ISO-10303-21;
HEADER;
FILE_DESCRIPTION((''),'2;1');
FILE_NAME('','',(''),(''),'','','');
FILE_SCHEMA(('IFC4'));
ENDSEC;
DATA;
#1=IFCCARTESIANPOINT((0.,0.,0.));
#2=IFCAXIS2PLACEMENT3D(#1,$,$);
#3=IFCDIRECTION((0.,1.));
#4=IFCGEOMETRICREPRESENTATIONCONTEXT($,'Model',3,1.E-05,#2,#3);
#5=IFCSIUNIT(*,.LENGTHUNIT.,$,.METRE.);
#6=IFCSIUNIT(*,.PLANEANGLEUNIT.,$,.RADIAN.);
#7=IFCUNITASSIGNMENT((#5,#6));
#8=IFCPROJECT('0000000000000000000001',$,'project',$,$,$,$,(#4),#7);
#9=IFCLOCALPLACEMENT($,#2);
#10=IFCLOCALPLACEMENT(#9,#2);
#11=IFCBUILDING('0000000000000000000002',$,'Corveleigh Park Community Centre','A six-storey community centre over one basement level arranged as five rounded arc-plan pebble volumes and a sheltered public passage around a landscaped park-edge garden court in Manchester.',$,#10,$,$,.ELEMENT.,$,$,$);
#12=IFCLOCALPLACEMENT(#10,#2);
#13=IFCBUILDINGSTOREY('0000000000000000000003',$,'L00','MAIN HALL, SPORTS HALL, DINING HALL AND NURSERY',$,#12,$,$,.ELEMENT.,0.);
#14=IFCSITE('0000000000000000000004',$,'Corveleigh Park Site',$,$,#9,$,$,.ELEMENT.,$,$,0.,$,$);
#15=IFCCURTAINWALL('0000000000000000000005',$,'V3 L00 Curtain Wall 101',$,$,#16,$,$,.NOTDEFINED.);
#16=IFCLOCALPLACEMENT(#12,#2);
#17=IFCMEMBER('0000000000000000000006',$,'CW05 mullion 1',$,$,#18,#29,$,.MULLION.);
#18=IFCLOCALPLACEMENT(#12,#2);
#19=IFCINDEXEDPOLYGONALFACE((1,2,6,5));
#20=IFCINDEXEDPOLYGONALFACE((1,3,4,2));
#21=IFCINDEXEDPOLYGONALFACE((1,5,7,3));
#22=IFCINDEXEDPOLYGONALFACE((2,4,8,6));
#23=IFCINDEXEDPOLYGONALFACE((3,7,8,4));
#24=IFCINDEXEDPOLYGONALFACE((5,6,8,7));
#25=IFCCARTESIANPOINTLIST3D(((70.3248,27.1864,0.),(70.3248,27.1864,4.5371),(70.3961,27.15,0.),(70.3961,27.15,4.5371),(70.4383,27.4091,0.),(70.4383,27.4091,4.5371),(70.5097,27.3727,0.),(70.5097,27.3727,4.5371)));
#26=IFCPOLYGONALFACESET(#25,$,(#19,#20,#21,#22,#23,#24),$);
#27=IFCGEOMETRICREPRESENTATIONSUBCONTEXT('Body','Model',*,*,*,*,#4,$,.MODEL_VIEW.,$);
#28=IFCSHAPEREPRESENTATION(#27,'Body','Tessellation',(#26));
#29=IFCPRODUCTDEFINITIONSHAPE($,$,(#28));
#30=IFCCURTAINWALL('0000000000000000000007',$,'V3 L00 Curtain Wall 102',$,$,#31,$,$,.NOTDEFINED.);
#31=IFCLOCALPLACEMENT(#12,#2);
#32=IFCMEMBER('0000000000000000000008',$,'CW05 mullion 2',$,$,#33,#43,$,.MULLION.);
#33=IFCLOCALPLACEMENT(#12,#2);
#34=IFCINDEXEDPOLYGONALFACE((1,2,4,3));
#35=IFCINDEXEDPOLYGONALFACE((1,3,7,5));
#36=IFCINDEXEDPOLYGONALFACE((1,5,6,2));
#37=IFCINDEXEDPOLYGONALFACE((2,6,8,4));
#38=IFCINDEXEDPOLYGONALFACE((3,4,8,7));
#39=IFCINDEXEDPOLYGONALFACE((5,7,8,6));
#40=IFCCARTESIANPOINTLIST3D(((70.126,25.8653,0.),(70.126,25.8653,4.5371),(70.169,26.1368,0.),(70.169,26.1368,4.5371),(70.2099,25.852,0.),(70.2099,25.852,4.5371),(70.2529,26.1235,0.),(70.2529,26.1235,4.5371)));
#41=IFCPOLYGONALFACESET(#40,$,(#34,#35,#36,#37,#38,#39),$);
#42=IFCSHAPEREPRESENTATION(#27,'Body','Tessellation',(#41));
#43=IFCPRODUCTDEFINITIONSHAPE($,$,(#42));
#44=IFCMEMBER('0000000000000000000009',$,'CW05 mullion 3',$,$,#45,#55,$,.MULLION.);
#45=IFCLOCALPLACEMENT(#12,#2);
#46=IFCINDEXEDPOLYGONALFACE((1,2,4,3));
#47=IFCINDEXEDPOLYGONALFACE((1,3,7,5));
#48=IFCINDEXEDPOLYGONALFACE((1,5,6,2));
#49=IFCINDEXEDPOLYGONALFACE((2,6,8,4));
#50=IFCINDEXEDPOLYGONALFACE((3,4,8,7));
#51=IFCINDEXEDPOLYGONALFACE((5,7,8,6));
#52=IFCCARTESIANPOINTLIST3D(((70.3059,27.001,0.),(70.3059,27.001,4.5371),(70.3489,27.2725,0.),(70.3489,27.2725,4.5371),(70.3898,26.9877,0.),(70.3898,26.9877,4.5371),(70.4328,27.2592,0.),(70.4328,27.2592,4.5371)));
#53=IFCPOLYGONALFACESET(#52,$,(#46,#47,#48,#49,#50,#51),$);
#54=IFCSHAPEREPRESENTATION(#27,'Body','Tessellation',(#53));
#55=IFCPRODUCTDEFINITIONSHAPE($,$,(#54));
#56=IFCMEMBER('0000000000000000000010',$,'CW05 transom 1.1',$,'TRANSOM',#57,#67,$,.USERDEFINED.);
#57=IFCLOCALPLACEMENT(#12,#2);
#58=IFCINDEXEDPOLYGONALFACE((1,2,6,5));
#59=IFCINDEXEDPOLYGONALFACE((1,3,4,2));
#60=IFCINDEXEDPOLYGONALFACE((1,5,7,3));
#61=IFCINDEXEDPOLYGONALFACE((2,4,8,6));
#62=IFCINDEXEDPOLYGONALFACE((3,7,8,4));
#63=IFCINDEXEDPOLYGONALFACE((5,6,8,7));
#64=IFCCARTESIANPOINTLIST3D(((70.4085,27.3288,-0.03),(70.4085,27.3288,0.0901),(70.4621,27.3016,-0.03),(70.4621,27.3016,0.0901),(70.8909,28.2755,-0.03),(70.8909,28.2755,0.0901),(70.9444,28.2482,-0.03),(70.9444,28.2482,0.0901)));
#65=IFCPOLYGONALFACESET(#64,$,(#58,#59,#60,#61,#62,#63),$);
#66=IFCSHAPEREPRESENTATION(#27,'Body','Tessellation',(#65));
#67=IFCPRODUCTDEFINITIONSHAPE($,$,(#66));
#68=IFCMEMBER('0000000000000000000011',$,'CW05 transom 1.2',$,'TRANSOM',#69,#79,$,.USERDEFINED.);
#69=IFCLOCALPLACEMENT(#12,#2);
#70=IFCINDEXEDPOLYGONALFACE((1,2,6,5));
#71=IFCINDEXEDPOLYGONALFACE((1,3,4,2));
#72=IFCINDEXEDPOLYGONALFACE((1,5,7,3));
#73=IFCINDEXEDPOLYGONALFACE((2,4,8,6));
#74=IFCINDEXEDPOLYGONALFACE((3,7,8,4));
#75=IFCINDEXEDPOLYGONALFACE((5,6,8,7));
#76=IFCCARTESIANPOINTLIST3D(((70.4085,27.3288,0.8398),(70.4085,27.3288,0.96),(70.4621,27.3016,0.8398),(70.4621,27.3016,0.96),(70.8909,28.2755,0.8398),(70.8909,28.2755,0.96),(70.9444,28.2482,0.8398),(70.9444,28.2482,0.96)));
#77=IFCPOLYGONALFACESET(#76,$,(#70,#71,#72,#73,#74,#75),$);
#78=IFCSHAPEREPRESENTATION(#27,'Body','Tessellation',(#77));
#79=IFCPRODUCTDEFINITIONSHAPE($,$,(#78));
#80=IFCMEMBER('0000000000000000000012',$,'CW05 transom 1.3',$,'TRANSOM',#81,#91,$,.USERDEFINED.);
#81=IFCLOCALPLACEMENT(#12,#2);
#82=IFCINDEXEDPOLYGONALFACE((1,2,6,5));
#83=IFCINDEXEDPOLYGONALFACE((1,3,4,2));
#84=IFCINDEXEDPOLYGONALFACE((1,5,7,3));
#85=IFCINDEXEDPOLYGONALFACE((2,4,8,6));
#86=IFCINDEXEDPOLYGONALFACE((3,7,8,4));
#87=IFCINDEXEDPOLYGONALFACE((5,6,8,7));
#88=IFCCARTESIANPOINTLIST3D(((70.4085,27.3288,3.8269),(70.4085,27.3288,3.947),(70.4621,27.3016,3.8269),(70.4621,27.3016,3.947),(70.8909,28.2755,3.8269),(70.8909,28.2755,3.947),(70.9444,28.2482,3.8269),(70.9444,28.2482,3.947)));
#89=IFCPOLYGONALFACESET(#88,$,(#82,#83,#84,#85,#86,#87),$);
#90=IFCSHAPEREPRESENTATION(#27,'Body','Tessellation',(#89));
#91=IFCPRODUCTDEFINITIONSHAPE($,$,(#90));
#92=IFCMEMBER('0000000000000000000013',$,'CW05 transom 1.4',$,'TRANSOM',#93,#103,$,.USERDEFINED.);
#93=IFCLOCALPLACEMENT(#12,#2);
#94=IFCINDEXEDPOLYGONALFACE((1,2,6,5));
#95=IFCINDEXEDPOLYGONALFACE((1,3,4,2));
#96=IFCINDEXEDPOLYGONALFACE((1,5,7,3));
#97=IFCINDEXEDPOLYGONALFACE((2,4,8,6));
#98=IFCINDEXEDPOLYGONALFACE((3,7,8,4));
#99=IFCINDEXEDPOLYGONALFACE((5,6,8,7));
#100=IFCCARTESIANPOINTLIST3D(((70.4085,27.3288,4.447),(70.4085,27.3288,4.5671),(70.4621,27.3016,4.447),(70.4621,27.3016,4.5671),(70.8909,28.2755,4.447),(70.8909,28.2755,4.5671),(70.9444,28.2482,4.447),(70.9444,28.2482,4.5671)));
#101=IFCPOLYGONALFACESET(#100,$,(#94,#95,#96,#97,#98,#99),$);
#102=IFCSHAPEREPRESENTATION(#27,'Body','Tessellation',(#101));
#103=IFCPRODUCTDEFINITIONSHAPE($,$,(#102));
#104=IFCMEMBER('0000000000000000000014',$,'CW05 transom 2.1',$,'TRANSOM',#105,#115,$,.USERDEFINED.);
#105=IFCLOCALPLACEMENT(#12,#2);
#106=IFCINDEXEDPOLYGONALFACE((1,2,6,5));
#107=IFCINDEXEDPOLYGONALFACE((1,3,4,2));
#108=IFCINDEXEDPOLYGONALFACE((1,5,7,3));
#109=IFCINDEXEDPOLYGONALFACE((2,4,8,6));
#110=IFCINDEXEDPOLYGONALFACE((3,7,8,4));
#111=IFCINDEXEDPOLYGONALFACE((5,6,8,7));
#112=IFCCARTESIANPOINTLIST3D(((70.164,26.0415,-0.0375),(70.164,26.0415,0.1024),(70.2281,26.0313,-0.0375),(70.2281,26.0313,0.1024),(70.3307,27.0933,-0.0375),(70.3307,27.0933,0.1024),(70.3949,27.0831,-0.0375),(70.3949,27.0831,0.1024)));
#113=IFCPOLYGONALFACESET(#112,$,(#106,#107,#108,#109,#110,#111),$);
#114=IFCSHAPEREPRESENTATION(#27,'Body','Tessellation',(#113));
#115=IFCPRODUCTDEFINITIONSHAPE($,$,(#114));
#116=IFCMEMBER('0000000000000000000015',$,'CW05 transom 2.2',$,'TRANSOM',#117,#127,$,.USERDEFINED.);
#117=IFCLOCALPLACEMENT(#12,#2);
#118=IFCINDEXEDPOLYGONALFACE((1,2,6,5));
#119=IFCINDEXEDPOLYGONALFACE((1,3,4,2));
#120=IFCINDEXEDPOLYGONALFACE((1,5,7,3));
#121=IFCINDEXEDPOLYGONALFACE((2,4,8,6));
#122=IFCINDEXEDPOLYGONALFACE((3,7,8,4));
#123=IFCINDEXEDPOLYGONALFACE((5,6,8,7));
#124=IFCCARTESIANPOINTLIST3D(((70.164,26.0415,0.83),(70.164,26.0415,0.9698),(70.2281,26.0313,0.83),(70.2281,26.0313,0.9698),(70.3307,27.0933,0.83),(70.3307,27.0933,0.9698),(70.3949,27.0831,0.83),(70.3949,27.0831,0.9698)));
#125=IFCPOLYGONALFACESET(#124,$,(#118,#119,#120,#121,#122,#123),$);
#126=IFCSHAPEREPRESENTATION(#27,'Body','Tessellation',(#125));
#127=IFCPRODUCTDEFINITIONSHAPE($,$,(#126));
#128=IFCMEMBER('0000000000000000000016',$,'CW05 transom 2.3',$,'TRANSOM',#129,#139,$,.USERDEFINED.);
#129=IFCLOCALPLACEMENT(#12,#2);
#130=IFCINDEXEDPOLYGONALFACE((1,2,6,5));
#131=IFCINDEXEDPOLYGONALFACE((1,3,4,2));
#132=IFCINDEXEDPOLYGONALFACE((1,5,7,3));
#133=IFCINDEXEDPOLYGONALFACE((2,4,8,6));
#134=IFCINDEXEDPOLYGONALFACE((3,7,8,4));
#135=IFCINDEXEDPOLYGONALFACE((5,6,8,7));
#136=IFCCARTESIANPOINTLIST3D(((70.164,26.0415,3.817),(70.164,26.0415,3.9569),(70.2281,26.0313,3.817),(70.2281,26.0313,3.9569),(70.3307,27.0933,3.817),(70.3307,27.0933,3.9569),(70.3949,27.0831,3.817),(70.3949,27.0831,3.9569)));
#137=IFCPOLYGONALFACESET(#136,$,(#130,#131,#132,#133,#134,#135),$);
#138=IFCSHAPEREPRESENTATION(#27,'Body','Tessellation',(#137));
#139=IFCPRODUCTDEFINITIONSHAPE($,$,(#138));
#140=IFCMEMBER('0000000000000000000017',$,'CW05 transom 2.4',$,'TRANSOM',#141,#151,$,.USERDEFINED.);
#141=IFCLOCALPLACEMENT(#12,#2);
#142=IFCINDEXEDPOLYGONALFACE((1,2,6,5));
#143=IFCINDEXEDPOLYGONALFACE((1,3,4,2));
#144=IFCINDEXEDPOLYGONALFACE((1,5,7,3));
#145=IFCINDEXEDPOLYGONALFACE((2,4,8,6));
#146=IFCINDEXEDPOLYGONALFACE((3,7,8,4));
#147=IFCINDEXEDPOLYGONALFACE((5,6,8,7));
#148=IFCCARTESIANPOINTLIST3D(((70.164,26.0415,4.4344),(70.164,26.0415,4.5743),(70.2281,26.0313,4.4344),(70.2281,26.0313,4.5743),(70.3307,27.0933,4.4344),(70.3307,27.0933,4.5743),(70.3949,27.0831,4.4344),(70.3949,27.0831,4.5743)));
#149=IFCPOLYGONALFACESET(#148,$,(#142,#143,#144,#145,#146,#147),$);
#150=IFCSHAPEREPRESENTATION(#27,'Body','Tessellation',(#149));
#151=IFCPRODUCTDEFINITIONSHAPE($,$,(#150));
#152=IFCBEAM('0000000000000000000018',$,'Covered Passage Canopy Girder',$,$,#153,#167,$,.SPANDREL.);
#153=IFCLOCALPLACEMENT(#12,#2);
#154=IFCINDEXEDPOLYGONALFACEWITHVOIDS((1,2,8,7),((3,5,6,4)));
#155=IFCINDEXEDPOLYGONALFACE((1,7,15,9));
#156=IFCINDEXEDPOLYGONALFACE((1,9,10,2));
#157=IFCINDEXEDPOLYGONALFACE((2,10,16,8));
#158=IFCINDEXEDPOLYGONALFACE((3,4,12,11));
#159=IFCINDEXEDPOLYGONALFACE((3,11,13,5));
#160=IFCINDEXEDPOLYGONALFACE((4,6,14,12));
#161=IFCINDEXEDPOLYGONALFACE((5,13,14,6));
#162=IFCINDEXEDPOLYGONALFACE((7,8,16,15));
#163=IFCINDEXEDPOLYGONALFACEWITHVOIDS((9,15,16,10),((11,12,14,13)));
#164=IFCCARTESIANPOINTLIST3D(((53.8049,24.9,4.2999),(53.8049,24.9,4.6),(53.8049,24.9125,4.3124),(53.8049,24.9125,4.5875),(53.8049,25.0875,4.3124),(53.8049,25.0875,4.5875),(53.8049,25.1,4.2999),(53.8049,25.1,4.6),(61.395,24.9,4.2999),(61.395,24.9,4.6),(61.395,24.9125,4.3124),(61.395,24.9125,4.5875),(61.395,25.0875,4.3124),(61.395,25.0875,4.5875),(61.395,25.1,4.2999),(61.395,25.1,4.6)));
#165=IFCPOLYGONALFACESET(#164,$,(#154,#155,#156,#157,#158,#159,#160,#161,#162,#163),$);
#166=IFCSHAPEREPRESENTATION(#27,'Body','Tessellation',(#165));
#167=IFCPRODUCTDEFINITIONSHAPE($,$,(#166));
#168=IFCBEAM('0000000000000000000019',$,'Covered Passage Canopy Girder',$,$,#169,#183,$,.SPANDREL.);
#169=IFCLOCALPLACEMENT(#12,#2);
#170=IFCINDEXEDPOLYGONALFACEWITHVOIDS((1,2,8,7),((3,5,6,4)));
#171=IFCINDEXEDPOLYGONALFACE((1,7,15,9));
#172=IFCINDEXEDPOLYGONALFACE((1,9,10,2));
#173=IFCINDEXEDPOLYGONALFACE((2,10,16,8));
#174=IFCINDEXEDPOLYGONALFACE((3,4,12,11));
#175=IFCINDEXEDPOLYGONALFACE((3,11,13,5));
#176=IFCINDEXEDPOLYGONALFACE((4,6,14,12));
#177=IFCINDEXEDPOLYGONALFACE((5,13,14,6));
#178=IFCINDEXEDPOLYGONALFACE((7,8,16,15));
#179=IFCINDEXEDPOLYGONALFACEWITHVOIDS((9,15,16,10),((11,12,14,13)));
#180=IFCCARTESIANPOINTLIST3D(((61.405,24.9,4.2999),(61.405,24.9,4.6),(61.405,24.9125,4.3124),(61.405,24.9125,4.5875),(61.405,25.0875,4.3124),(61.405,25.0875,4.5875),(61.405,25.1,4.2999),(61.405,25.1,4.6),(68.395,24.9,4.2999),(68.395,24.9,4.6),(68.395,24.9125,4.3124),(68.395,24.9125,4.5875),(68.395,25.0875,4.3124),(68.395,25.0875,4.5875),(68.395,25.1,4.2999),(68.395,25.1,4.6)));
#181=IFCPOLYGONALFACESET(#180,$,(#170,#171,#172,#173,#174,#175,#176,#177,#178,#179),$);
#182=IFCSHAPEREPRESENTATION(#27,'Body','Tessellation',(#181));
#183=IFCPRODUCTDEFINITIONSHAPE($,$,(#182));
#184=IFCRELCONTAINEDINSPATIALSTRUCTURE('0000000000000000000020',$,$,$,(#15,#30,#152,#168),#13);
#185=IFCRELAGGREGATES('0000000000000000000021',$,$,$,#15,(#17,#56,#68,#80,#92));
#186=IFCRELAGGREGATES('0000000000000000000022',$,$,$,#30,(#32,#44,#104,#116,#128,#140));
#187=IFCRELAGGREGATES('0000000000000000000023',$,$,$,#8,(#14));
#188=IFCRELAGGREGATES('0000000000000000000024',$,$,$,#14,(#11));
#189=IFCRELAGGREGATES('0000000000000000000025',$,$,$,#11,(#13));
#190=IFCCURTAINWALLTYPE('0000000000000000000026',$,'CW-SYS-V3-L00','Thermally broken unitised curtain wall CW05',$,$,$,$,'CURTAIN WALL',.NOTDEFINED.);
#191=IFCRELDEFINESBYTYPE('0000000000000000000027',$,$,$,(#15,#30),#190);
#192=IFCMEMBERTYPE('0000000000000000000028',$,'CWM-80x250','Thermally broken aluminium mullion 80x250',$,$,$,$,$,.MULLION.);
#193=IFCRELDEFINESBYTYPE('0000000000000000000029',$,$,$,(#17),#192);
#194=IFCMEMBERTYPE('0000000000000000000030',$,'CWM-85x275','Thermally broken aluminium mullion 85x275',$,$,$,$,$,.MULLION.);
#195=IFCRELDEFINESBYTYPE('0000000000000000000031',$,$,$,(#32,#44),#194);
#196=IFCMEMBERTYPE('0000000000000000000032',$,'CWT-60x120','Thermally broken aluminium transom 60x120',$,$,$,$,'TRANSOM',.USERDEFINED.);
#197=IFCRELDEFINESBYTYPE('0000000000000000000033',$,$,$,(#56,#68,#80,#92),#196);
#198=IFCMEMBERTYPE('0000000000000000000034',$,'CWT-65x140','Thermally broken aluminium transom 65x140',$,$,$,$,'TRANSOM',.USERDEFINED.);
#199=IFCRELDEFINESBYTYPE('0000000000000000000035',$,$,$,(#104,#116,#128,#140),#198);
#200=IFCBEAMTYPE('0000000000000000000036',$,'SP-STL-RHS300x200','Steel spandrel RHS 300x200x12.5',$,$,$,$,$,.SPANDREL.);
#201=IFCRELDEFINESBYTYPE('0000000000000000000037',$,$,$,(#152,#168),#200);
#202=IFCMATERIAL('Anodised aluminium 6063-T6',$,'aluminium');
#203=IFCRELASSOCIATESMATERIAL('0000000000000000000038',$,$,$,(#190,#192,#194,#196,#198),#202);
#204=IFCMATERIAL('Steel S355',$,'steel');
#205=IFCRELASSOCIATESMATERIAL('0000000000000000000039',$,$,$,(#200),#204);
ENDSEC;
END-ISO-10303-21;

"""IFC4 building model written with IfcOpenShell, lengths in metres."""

from ifc_helpers import new_model, si_unit, direction, frame, origin, origin_2d, place, context, subcontext, project, spatial, rectangle, hollow_rectangle, extrude, material, material_profile, profile_set, type_object, element, aggregate, save


model = new_model("IFC4")

# Units and contexts
model_context = context("Model", 3, precision=1e-05, world=origin(), true_north=direction((0.0, 1.0)))
body_context = subcontext(model_context, "Body", "Model", "MODEL_VIEW")
ifc_project = project(units=[si_unit("LENGTHUNIT", "METRE"), si_unit("PLANEANGLEUNIT", "RADIAN")], contexts=[model_context])

# Site, building, storey
site_placement = place(None, origin())
site = spatial("IfcSite", under=ifc_project, at=site_placement, Name="Corveleigh Park Site", CompositionType="ELEMENT", RefElevation=0.0)
building_placement = place(site_placement, origin())
building = spatial("IfcBuilding", under=site, at=building_placement, Name="Corveleigh Park Community Centre", Description="A six-storey community centre over one basement level arranged as five rounded arc-plan pebble volumes and a sheltered public passage around a landscaped park-edge garden court in Manchester.", CompositionType="ELEMENT")
storey_placement = place(building_placement, origin())
storey = spatial("IfcBuildingStorey", under=building, at=storey_placement, Name="L00", Description="MAIN HALL, SPORTS HALL, DINING HALL AND NURSERY", CompositionType="ELEMENT", Elevation=0.0)

# Shared definitions
ifc_material_1 = material(Name="Steel S355", Category="steel")

# Curtain wall, member
ifc_material_2 = material(Name="Anodised aluminium 6063-T6", Category="aluminium")
curtain_wall_type = type_object("IfcCurtainWallType", Name="CW-SYS-V3-L00", Description="Thermally broken unitised curtain wall CW05", ElementType="CURTAIN WALL", PredefinedType="NOTDEFINED", material=ifc_material_2)
curtain_wall_1_placement = place(storey_placement, origin())
curtain_wall_1 = element("IfcCurtainWall", 1, at=curtain_wall_1_placement, inside=storey, type_object=curtain_wall_type, Name="V3 L00 Curtain Wall 101", PredefinedType="NOTDEFINED")
ifc_material_profile_1 = material_profile(ifc_material_2, rectangle(XDim=0.0801, YDim=0.25, at=origin_2d()), Name="ALU-M80x250", Category="aluminium")
ifc_profile_set_1 = profile_set([ifc_material_profile_1], Name="Anodised aluminium 6063-T6")
member_type_1 = type_object("IfcMemberType", Name="CWM-80x250", Description="Thermally broken aluminium mullion 80x250", PredefinedType="MULLION", material=ifc_profile_set_1)
member_1_placement = place(storey_placement, frame((70.4172, 27.2795, 0.0), z_axis=(0.0, 0.0, 1.0), x_axis=(-0.890933, 0.454135, 0.0)))
member_1 = element("IfcMember", 2, at=member_1_placement, type_object=member_type_1, Name="CW05 mullion 1", PredefinedType="MULLION", context=body_context, shape_type="SweptSolid", body=[
    extrude(rectangle(XDim=0.0801, YDim=0.25, at=origin_2d()), origin(), (0.0, 0.0, 1.0), 4.5371),
])

# Curtain wall, members
curtain_wall_2_placement = place(storey_placement, origin())
curtain_wall_2 = element("IfcCurtainWall", 3, at=curtain_wall_2_placement, inside=storey, type_object=curtain_wall_type, Name="V3 L00 Curtain Wall 102", PredefinedType="NOTDEFINED")
ifc_material_profile_2 = material_profile(ifc_material_2, rectangle(XDim=0.085, YDim=0.2749, at=origin_2d()), Name="ALU-M85x275", Category="aluminium")
ifc_profile_set_2 = profile_set([ifc_material_profile_2], Name="Anodised aluminium 6063-T6")
member_type_2 = type_object("IfcMemberType", Name="CWM-85x275", Description="Thermally broken aluminium mullion 85x275", PredefinedType="MULLION", material=ifc_profile_set_2)
member_2_placement = place(storey_placement, frame((70.1895, 25.9944, 0.0), z_axis=(0.0, 0.0, 1.0), x_axis=(-0.987688, 0.156436, 0.0)))
member_2 = element("IfcMember", 4, at=member_2_placement, type_object=member_type_2, Name="CW05 mullion 2", PredefinedType="MULLION", context=body_context, shape_type="SweptSolid", body=[
    extrude(rectangle(XDim=0.085, YDim=0.2749, at=origin_2d()), origin(), (0.0, 0.0, 1.0), 4.5371),
])
member_3_placement = place(storey_placement, frame((70.3694, 27.1301, 0.0), z_axis=(0.0, 0.0, 1.0), x_axis=(-0.987688, 0.156436, 0.0)))
member_3 = element("IfcMember", 5, at=member_3_placement, type_object=member_type_2, Name="CW05 mullion 3", PredefinedType="MULLION", context=body_context, shape_type="SweptSolid", body=[
    extrude(rectangle(XDim=0.085, YDim=0.2749, at=origin_2d()), origin(), (0.0, 0.0, 1.0), 4.5371),
])

# Members
ifc_material_profile_3 = material_profile(ifc_material_2, rectangle(XDim=0.0601, YDim=0.1201, at=origin_2d()), Name="ALU-T60x120", Category="aluminium")
ifc_profile_set_3 = profile_set([ifc_material_profile_3], Name="Anodised aluminium 6063-T6")
member_type_3 = type_object("IfcMemberType", Name="CWT-60x120", Description="Thermally broken aluminium transom 60x120", ElementType="TRANSOM", PredefinedType="USERDEFINED", material=ifc_profile_set_3)
member_4_placement = place(storey_placement, frame((70.4353, 27.3152, 0.03), z_axis=(0.454001, 0.891001, 0.0), x_axis=(-0.891001, 0.454001, 0.0)))
member_4 = element("IfcMember", 6, at=member_4_placement, type_object=member_type_3, Name="CW05 transom 1.1", ObjectType="TRANSOM", PredefinedType="USERDEFINED", context=body_context, shape_type="SweptSolid", body=[
    extrude(rectangle(XDim=0.0601, YDim=0.1201, at=origin_2d()), origin(), (0.0, 0.0, 1.0), 1.0625),
])
member_5_placement = place(storey_placement, frame((70.4353, 27.3152, 0.8999), z_axis=(0.454001, 0.891001, 0.0), x_axis=(-0.891001, 0.454001, 0.0)))
member_5 = element("IfcMember", 7, at=member_5_placement, type_object=member_type_3, Name="CW05 transom 1.2", ObjectType="TRANSOM", PredefinedType="USERDEFINED", context=body_context, shape_type="SweptSolid", body=[
    extrude(rectangle(XDim=0.0601, YDim=0.1201, at=origin_2d()), origin(), (0.0, 0.0, 1.0), 1.0625),
])
member_6_placement = place(storey_placement, frame((70.4353, 27.3152, 3.887), z_axis=(0.454001, 0.891001, 0.0), x_axis=(-0.891001, 0.454001, 0.0)))
member_6 = element("IfcMember", 8, at=member_6_placement, type_object=member_type_3, Name="CW05 transom 1.3", ObjectType="TRANSOM", PredefinedType="USERDEFINED", context=body_context, shape_type="SweptSolid", body=[
    extrude(rectangle(XDim=0.0601, YDim=0.1201, at=origin_2d()), origin(), (0.0, 0.0, 1.0), 1.0625),
])
member_7_placement = place(storey_placement, frame((70.4353, 27.3152, 4.5071), z_axis=(0.454001, 0.891001, 0.0), x_axis=(-0.891001, 0.454001, 0.0)))
member_7 = element("IfcMember", 9, at=member_7_placement, type_object=member_type_3, Name="CW05 transom 1.4", ObjectType="TRANSOM", PredefinedType="USERDEFINED", context=body_context, shape_type="SweptSolid", body=[
    extrude(rectangle(XDim=0.0601, YDim=0.1201, at=origin_2d()), origin(), (0.0, 0.0, 1.0), 1.0625),
])
ifc_material_profile_4 = material_profile(ifc_material_2, rectangle(XDim=0.0649, YDim=0.1399, at=origin_2d()), Name="ALU-T65x140", Category="aluminium")
ifc_profile_set_4 = profile_set([ifc_material_profile_4], Name="Anodised aluminium 6063-T6")
member_type_4 = type_object("IfcMemberType", Name="CWT-65x140", Description="Thermally broken aluminium transom 65x140", ElementType="TRANSOM", PredefinedType="USERDEFINED", material=ifc_profile_set_4)
member_8_placement = place(storey_placement, frame((70.196, 26.0364, 0.0325), z_axis=(0.156587, 0.987664, 0.0), x_axis=(-0.987664, 0.156587, 0.0)))
member_8 = element("IfcMember", 10, at=member_8_placement, type_object=member_type_4, Name="CW05 transom 2.1", ObjectType="TRANSOM", PredefinedType="USERDEFINED", context=body_context, shape_type="SweptSolid", body=[
    extrude(rectangle(XDim=0.0649, YDim=0.1399, at=origin_2d()), origin(), (0.0, 0.0, 1.0), 1.0649),
])
member_9_placement = place(storey_placement, frame((70.196, 26.0364, 0.8999), z_axis=(0.156587, 0.987664, 0.0), x_axis=(-0.987664, 0.156587, 0.0)))
member_9 = element("IfcMember", 11, at=member_9_placement, type_object=member_type_4, Name="CW05 transom 2.2", ObjectType="TRANSOM", PredefinedType="USERDEFINED", context=body_context, shape_type="SweptSolid", body=[
    extrude(rectangle(XDim=0.0649, YDim=0.1399, at=origin_2d()), origin(), (0.0, 0.0, 1.0), 1.0649),
])
member_10_placement = place(storey_placement, frame((70.196, 26.0364, 3.887), z_axis=(0.156587, 0.987664, 0.0), x_axis=(-0.987664, 0.156587, 0.0)))
member_10 = element("IfcMember", 12, at=member_10_placement, type_object=member_type_4, Name="CW05 transom 2.3", ObjectType="TRANSOM", PredefinedType="USERDEFINED", context=body_context, shape_type="SweptSolid", body=[
    extrude(rectangle(XDim=0.0649, YDim=0.1399, at=origin_2d()), origin(), (0.0, 0.0, 1.0), 1.0649),
])
member_11_placement = place(storey_placement, frame((70.196, 26.0364, 4.5044), z_axis=(0.156587, 0.987664, 0.0), x_axis=(-0.987664, 0.156587, 0.0)))
member_11 = element("IfcMember", 13, at=member_11_placement, type_object=member_type_4, Name="CW05 transom 2.4", ObjectType="TRANSOM", PredefinedType="USERDEFINED", context=body_context, shape_type="SweptSolid", body=[
    extrude(rectangle(XDim=0.0649, YDim=0.1399, at=origin_2d()), origin(), (0.0, 0.0, 1.0), 1.0649),
])

# Beams
ifc_material_profile_5 = material_profile(ifc_material_1, hollow_rectangle(XDim=0.2, YDim=0.3, WallThickness=0.0125, at=origin_2d()), Name="RHS 300x200x12.5", Category="steel")
ifc_profile_set_5 = profile_set([ifc_material_profile_5], Name="Steel S355")
beam_type_1 = type_object("IfcBeamType", Name="SP-STL-RHS300x200", Description="Steel spandrel RHS 300x200x12.5", PredefinedType="SPANDREL", material=ifc_profile_set_5)
beam_1_placement = place(storey_placement, frame((53.8049, 25.0, 4.45), z_axis=(1.0, 0.0, 0.0), x_axis=(0.0, 1.0, 0.0)))
element("IfcBeam", 14, at=beam_1_placement, inside=storey, type_object=beam_type_1, Name="Covered Passage Canopy Girder", PredefinedType="SPANDREL", context=body_context, shape_type="SweptSolid", body=[
    extrude(hollow_rectangle(XDim=0.2, YDim=0.3, WallThickness=0.0125, at=origin_2d()), origin(), (0.0, 0.0, 1.0), 7.5901),
])
beam_2_placement = place(storey_placement, frame((61.405, 25.0, 4.45), z_axis=(1.0, 0.0, 0.0), x_axis=(0.0, 1.0, 0.0)))
element("IfcBeam", 15, at=beam_2_placement, inside=storey, type_object=beam_type_1, Name="Covered Passage Canopy Girder", PredefinedType="SPANDREL", context=body_context, shape_type="SweptSolid", body=[
    extrude(hollow_rectangle(XDim=0.2, YDim=0.3, WallThickness=0.0125, at=origin_2d()), origin(), (0.0, 0.0, 1.0), 6.99),
])

aggregate(curtain_wall_1, [member_1, member_4, member_5, member_6, member_7])
aggregate(curtain_wall_2, [member_2, member_3, member_8, member_9, member_10, member_11])

save(model, "model.ifc")
